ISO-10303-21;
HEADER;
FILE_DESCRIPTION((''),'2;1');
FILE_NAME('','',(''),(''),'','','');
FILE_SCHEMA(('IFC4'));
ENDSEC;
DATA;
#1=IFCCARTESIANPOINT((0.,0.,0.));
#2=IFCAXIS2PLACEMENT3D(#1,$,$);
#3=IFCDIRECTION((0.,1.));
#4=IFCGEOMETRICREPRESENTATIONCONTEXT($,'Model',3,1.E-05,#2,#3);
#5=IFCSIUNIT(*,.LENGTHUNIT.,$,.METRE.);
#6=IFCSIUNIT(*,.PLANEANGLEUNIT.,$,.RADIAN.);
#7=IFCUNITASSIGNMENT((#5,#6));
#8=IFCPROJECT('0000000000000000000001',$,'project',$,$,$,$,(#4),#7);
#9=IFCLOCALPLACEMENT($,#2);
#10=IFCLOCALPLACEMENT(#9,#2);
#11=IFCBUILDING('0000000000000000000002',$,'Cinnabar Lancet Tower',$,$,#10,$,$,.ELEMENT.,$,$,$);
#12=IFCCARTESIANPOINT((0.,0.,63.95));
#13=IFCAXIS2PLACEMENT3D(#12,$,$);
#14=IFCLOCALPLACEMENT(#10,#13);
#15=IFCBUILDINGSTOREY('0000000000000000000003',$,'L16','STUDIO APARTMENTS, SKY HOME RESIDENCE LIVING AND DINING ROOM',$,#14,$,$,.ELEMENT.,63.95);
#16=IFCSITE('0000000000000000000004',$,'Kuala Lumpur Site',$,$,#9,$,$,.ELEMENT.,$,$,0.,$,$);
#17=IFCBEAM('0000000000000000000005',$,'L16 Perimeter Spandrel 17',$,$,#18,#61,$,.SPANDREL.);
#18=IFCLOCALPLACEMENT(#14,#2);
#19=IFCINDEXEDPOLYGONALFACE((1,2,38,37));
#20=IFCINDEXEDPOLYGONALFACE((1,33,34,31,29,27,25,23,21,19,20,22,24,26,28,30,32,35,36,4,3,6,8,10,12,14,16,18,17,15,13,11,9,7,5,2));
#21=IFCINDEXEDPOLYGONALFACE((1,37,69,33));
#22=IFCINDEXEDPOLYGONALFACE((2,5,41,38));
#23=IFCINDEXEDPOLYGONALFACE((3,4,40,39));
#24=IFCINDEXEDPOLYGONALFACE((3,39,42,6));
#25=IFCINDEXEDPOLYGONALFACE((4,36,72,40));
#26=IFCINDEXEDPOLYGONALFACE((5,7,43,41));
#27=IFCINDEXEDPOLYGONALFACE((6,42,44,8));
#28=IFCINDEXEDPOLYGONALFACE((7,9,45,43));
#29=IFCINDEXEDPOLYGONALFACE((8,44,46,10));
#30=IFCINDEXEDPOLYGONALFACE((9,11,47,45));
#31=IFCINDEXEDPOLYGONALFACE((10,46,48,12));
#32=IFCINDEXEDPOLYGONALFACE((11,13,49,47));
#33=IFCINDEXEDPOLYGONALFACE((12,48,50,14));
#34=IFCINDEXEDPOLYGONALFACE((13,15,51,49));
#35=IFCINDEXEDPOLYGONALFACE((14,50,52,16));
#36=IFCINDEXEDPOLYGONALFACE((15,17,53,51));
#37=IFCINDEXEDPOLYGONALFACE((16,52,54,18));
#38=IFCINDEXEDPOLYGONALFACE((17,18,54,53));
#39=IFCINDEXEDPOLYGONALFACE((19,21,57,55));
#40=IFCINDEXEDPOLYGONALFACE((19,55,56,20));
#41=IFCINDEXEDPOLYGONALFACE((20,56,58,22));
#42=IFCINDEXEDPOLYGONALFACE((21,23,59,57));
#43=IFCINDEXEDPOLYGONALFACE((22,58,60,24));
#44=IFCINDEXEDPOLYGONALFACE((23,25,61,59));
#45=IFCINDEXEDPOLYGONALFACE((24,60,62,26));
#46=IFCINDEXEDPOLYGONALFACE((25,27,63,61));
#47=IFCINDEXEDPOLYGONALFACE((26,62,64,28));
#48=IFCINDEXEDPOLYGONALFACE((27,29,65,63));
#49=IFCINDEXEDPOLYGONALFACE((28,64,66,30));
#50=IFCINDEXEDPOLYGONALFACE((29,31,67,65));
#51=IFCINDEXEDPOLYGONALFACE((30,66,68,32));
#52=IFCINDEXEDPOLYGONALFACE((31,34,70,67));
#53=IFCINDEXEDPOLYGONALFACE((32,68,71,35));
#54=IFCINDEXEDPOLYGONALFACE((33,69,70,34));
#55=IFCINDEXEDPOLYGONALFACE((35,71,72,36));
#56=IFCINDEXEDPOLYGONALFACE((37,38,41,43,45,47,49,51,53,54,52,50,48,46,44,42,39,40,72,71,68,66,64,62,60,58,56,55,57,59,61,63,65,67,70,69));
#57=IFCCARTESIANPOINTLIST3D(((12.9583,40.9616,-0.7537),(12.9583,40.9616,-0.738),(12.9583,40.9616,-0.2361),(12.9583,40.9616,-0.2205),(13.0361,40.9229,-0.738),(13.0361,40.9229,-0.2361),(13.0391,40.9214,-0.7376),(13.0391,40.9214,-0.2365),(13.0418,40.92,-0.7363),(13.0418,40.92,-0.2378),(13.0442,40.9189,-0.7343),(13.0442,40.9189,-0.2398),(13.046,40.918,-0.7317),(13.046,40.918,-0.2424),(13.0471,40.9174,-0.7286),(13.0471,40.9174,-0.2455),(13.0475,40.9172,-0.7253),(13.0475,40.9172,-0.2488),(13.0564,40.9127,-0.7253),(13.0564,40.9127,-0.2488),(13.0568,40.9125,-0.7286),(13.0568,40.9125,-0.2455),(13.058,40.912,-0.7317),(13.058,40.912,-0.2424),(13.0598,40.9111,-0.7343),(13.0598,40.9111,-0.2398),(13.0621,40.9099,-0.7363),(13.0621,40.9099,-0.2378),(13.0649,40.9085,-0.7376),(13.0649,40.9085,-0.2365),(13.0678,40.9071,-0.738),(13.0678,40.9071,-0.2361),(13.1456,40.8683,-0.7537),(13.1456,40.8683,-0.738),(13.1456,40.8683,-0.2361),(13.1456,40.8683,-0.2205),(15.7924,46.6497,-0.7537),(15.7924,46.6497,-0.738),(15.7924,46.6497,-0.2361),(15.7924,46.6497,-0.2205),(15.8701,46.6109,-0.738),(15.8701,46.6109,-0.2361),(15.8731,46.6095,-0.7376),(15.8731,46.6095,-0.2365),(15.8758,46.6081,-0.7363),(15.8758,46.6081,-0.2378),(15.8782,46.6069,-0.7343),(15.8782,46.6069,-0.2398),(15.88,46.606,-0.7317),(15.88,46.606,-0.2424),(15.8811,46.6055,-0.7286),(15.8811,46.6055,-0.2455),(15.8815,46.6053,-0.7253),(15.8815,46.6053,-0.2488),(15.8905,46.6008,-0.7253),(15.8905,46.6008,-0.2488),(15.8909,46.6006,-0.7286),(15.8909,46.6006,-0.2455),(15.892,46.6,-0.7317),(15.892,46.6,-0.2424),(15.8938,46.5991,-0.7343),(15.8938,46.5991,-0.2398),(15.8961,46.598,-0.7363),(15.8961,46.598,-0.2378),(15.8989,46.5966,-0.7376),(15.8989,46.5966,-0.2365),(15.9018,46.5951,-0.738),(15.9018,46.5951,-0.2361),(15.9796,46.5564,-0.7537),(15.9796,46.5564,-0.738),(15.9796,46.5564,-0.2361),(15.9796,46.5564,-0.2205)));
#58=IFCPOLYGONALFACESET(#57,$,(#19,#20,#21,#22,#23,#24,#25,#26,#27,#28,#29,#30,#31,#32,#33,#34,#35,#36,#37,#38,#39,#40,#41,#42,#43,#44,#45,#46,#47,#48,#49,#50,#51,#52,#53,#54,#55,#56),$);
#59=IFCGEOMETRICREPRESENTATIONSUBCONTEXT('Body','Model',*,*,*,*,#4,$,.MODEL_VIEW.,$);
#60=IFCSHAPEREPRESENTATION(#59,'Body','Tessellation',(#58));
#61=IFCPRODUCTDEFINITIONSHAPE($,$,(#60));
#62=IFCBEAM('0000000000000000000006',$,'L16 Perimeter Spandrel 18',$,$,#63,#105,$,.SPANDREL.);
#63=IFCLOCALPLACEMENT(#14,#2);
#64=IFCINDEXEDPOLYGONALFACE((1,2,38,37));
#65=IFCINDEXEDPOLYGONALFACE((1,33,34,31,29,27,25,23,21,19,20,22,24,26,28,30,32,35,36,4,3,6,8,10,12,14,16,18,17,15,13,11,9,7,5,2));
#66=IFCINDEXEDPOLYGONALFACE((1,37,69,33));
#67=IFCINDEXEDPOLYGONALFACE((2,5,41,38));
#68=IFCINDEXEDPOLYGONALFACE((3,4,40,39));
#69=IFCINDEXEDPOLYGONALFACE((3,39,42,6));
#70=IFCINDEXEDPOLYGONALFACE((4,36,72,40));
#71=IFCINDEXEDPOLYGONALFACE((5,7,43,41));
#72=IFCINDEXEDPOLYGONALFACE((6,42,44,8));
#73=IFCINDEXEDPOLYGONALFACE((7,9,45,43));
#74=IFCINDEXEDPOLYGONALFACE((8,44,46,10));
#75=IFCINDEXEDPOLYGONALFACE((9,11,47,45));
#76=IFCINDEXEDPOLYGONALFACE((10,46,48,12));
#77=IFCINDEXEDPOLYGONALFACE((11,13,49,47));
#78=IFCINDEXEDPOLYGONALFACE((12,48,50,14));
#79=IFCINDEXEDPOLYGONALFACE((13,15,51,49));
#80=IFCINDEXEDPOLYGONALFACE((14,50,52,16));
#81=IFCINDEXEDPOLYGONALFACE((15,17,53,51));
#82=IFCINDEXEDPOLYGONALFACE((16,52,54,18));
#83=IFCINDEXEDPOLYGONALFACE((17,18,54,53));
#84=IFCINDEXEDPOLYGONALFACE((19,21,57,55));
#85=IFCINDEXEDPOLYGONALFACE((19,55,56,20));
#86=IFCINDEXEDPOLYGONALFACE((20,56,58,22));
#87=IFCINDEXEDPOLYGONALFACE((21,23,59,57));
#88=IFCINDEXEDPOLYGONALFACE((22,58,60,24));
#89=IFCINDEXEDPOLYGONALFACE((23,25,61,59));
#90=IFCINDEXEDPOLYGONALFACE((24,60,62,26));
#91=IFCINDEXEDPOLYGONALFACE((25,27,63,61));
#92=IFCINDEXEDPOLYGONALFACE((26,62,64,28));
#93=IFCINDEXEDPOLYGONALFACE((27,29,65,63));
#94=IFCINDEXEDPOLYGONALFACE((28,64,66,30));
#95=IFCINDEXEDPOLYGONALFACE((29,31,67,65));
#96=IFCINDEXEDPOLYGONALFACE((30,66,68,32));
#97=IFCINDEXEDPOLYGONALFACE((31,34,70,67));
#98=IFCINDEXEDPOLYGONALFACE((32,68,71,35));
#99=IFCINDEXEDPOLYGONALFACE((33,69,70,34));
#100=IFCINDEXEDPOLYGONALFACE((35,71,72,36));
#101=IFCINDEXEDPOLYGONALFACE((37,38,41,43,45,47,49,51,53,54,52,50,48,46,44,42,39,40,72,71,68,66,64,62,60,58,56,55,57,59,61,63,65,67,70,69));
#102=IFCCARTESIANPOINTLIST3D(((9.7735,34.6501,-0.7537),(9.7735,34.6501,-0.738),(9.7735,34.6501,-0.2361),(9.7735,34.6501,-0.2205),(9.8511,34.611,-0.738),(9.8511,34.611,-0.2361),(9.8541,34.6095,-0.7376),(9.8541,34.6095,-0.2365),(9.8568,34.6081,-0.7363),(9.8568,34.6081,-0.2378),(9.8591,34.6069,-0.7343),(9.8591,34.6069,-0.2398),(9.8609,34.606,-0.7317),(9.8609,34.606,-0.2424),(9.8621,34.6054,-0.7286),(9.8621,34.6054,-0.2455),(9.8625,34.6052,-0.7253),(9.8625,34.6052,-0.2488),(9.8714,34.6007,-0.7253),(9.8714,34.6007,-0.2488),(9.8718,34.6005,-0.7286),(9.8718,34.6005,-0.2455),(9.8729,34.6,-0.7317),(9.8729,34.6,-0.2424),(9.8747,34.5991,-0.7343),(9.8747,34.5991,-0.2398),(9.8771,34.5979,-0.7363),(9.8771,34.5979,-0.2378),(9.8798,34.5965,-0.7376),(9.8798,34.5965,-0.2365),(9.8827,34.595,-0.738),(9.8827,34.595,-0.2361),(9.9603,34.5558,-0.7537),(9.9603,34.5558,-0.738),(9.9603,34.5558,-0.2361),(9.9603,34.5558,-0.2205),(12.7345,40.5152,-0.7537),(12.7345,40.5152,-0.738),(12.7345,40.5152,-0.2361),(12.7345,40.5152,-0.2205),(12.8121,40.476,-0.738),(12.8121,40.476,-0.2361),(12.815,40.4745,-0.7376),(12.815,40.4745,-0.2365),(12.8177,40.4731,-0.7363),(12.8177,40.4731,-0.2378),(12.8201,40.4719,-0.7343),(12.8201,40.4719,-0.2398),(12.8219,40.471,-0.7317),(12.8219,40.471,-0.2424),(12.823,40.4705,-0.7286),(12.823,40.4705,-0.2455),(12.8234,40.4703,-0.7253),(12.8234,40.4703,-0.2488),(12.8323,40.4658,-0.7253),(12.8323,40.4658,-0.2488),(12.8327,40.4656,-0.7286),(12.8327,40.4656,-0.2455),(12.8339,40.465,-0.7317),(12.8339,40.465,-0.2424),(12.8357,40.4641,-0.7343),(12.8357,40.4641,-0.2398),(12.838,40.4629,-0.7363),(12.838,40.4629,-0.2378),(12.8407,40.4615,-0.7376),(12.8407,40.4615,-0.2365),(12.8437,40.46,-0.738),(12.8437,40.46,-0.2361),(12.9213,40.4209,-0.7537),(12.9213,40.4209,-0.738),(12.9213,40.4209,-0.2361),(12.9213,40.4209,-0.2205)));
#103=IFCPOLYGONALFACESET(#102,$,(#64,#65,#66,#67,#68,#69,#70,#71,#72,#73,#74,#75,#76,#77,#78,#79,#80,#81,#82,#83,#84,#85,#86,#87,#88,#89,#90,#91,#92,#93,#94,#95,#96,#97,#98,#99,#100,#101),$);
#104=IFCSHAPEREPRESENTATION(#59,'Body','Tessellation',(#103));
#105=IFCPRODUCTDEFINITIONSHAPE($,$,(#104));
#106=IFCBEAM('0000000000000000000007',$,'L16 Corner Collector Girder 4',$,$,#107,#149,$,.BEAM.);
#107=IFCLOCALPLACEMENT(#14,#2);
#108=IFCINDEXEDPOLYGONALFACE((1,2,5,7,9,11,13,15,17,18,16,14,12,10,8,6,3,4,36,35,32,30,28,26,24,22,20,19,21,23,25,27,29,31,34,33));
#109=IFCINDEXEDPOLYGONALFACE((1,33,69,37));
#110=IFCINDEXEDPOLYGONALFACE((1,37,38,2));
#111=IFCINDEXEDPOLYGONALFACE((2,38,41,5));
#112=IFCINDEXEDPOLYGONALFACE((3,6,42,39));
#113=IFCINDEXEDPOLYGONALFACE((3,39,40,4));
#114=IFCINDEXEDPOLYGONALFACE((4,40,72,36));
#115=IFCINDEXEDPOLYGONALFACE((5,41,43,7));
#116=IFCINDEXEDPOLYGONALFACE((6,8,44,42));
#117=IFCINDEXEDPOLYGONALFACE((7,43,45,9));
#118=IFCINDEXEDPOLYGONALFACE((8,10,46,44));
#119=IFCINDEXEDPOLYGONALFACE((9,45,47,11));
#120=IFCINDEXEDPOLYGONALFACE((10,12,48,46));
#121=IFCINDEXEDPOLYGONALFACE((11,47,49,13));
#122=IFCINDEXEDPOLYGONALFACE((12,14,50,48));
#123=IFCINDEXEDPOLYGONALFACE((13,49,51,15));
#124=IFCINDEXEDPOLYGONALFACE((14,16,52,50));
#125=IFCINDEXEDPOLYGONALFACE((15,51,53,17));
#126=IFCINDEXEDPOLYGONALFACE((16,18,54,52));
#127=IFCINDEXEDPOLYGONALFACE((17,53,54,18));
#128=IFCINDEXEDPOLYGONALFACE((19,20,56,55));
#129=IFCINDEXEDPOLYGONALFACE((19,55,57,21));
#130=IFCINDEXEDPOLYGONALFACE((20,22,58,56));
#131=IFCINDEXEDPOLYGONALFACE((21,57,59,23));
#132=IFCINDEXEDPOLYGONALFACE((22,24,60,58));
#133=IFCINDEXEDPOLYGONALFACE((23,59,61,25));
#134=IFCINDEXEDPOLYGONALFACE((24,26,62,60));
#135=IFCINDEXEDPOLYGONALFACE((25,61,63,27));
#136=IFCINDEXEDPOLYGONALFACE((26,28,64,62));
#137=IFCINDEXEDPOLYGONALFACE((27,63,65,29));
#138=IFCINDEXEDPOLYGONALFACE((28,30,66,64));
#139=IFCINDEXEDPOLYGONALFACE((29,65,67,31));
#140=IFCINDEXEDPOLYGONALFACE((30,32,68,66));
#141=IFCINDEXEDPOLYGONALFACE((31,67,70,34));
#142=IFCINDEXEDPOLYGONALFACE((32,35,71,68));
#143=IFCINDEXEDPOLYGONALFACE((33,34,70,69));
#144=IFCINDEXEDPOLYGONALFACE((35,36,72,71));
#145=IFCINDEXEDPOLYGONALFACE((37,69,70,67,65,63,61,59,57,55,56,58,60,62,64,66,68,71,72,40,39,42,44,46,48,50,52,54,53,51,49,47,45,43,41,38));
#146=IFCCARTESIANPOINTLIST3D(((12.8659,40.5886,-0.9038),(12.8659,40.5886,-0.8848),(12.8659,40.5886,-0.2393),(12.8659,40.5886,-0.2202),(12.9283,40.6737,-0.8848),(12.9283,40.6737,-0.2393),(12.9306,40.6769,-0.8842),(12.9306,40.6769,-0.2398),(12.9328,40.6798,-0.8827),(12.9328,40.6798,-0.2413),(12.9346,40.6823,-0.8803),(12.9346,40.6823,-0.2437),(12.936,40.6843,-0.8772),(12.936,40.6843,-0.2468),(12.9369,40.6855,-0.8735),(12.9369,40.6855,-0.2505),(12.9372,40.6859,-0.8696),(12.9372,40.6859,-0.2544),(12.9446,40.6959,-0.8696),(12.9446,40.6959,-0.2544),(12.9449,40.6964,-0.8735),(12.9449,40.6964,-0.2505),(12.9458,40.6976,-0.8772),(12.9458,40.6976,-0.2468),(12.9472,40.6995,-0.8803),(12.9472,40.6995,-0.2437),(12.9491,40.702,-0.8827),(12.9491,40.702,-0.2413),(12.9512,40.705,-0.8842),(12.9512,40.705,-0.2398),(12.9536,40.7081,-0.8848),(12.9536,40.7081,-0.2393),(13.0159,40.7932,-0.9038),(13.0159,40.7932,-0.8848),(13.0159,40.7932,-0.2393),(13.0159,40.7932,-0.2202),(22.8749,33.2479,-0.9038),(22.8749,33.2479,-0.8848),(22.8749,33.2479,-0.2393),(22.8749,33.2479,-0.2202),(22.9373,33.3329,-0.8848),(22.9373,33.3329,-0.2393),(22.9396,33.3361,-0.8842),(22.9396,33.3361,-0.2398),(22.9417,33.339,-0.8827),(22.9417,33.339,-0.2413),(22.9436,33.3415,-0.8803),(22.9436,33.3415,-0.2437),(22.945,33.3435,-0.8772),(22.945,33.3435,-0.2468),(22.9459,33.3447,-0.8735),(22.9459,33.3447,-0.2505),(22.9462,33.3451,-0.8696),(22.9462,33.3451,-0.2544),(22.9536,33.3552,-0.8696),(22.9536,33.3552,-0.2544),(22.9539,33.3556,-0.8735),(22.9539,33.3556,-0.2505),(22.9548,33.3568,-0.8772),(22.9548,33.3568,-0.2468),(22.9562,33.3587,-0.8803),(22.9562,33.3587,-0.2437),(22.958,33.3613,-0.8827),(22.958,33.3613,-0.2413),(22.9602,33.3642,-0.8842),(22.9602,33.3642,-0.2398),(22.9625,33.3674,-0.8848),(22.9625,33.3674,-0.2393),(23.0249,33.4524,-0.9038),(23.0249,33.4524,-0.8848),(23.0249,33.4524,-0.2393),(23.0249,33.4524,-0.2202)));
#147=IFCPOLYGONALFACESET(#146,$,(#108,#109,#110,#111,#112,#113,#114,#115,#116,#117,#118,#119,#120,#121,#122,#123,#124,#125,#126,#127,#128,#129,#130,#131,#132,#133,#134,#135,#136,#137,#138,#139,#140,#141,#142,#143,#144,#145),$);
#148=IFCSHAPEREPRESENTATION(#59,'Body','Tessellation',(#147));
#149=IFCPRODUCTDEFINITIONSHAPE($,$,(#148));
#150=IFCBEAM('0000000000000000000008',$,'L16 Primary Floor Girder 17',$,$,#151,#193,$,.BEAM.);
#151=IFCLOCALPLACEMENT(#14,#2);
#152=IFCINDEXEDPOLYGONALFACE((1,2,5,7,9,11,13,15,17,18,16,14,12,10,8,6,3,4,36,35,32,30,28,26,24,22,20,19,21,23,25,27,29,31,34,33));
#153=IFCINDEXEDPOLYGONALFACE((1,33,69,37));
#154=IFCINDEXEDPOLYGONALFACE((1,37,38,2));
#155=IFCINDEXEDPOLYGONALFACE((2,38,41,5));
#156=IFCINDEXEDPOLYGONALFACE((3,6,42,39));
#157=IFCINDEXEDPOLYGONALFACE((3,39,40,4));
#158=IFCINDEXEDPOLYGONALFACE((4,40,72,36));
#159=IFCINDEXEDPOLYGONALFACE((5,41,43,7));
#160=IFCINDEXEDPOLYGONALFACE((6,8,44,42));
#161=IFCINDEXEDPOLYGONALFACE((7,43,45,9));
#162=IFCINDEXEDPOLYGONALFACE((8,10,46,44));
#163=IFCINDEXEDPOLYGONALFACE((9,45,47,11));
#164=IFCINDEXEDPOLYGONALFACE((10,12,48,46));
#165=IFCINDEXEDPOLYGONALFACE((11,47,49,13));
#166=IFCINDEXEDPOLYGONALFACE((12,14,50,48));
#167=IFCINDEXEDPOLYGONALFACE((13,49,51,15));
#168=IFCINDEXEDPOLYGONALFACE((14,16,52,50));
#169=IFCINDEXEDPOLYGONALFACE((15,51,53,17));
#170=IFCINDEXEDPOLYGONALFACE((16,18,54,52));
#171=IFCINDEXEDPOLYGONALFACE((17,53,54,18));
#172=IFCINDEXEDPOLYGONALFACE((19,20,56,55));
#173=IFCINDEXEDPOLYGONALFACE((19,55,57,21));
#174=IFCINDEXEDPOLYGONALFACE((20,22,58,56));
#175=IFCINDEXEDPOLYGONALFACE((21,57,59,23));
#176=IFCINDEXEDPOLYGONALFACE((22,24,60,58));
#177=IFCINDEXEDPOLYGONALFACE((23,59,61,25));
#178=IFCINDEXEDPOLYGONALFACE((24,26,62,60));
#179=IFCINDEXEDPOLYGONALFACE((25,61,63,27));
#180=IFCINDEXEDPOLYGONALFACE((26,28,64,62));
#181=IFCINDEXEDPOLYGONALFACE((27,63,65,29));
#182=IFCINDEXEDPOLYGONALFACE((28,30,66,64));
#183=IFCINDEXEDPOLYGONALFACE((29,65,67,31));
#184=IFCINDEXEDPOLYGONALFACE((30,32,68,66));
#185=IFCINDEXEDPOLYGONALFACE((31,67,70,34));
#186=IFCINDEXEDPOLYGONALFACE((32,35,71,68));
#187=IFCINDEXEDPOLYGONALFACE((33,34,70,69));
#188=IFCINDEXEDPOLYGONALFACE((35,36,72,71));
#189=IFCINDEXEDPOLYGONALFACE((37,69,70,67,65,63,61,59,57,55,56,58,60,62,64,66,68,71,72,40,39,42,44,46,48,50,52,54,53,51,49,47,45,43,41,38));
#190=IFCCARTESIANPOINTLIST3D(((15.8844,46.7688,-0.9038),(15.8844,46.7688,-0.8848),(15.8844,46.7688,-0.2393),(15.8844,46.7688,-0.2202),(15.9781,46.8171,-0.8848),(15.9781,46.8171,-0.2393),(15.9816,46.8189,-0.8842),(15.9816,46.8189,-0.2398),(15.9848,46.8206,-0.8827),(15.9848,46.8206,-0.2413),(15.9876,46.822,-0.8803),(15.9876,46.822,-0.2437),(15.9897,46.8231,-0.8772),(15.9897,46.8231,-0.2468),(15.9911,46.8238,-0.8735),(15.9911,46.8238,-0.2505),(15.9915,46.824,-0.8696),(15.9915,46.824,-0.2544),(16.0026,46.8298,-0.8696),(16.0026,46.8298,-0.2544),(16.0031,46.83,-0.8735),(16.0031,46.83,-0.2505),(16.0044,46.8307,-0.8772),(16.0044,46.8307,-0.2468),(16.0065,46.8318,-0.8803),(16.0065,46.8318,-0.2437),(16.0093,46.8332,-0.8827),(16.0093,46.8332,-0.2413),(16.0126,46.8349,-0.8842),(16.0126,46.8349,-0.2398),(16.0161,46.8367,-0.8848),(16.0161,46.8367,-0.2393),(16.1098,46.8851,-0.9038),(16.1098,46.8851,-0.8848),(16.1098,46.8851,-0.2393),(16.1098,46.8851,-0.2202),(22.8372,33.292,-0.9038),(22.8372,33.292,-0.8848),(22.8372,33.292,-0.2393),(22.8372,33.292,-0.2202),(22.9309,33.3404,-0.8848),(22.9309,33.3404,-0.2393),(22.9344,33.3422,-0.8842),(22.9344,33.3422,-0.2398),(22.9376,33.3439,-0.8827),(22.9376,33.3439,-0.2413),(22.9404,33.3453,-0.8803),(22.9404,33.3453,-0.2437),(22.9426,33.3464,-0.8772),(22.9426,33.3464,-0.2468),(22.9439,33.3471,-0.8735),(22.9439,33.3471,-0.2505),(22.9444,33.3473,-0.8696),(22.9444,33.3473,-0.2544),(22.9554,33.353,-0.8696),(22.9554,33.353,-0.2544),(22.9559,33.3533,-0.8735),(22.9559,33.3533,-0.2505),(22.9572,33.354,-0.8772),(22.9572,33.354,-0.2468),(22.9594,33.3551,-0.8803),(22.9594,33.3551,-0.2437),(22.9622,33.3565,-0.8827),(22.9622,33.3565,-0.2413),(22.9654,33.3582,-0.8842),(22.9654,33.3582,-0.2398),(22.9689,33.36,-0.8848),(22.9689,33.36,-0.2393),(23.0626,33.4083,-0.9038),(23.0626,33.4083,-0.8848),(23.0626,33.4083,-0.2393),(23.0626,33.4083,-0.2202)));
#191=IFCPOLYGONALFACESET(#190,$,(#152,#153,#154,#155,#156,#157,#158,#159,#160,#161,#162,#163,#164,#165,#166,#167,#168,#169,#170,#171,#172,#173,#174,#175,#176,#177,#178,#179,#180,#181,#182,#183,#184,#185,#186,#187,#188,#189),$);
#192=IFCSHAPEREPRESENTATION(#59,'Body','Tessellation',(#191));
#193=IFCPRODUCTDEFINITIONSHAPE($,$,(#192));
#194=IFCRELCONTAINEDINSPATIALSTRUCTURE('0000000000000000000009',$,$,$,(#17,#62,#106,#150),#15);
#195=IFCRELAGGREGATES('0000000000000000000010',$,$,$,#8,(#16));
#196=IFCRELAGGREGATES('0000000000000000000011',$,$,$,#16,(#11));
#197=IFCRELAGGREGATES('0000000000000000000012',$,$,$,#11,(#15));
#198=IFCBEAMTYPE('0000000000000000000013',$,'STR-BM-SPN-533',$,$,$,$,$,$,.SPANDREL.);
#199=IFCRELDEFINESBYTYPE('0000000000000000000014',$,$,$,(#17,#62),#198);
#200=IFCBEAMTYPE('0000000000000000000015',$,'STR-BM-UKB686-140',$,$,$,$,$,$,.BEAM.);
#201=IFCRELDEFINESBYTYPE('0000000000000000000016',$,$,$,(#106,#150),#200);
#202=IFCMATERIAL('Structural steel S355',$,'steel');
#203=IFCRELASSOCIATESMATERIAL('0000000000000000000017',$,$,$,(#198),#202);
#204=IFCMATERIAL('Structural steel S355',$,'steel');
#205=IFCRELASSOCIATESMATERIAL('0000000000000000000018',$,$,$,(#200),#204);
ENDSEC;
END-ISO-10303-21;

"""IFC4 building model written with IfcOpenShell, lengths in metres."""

from ifc_helpers import new_model, si_unit, direction, frame, origin, origin_2d, place, context, subcontext, project, spatial, i_section, extrude, material, material_profile, profile_set, type_object, element, save


model = new_model("IFC4")

# Units and contexts
model_context = context("Model", 3, precision=1e-05, world=origin(), true_north=direction((0.0, 1.0)))
body_context = subcontext(model_context, "Body", "Model", "MODEL_VIEW")
ifc_project = project(units=[si_unit("LENGTHUNIT", "METRE"), si_unit("PLANEANGLEUNIT", "RADIAN")], contexts=[model_context])

# Site, building, storey
site_placement = place(None, origin())
site = spatial("IfcSite", under=ifc_project, at=site_placement, Name="Kuala Lumpur Site", CompositionType="ELEMENT", RefElevation=0.0)
building_placement = place(site_placement, origin())
building = spatial("IfcBuilding", under=site, at=building_placement, Name="Cinnabar Lancet Tower", CompositionType="ELEMENT")
storey_placement = place(building_placement, frame((0.0, 0.0, 63.95)))
storey = spatial("IfcBuildingStorey", under=building, at=storey_placement, Name="L16", Description="STUDIO APARTMENTS, SKY HOME RESIDENCE LIVING AND DINING ROOM", CompositionType="ELEMENT", Elevation=63.95)

# Beams
ifc_material_1 = material(Name="Structural steel S355", Category="steel")
ifc_material_profile_1 = material_profile(ifc_material_1, i_section(OverallWidth=0.2092, OverallDepth=0.5332, WebThickness=0.01, FlangeThickness=0.0156, FilletRadius=0.0127, at=origin_2d()), Name="UKB 533x210x92")
ifc_profile_set_1 = profile_set([ifc_material_profile_1], Name="Structural steel S355")
beam_type_1 = type_object("IfcBeamType", Name="STR-BM-SPN-533", PredefinedType="SPANDREL", material=ifc_profile_set_1)
beam_1_placement = place(storey_placement, frame((15.886, 46.603, -0.4871), z_axis=(-0.445953, -0.895056, 0.0), x_axis=(0.895056, -0.445953, 0.0)))
element("IfcBeam", 1, at=beam_1_placement, inside=storey, type_object=beam_type_1, Name="L16 Perimeter Spandrel 17", PredefinedType="SPANDREL", context=body_context, shape_type="SweptSolid", body=[
    extrude(i_section(OverallWidth=0.2092, OverallDepth=0.5332, WebThickness=0.01, FlangeThickness=0.0156, FilletRadius=0.0127, at=origin_2d()), origin(), (0.0, 0.0, 1.0), 6.355),
])
beam_2_placement = place(storey_placement, frame((12.8279, 40.468, -0.4871), z_axis=(-0.450674, -0.892689, 0.0), x_axis=(0.892689, -0.450674, 0.0)))
element("IfcBeam", 2, at=beam_2_placement, inside=storey, type_object=beam_type_1, Name="L16 Perimeter Spandrel 18", PredefinedType="SPANDREL", context=body_context, shape_type="SweptSolid", body=[
    extrude(i_section(OverallWidth=0.2092, OverallDepth=0.5332, WebThickness=0.01, FlangeThickness=0.0156, FilletRadius=0.0127, at=origin_2d()), origin(), (0.0, 0.0, 1.0), 6.5701),
])
ifc_material_2 = material(Name="Structural steel S355", Category="steel")
ifc_material_profile_2 = material_profile(ifc_material_2, i_section(OverallWidth=0.2537, OverallDepth=0.6836, WebThickness=0.0125, FlangeThickness=0.019, FilletRadius=0.0151, at=origin_2d()), Name="UKB 686x254x140")
ifc_profile_set_2 = profile_set([ifc_material_profile_2], Name="Structural steel S355")
beam_type_2 = type_object("IfcBeamType", Name="STR-BM-UKB686-140", PredefinedType="BEAM", material=ifc_profile_set_2)
beam_3_placement = place(storey_placement, frame((12.9409, 40.6909, -0.562), z_axis=(0.806372, -0.591409, 0.0), x_axis=(0.591409, 0.806372, 0.0)))
element("IfcBeam", 3, at=beam_3_placement, inside=storey, type_object=beam_type_2, Name="L16 Corner Collector Girder 4", PredefinedType="BEAM", context=body_context, shape_type="SweptSolid", body=[
    extrude(i_section(OverallWidth=0.2537, OverallDepth=0.6836, WebThickness=0.0125, FlangeThickness=0.019, FilletRadius=0.0151, at=origin_2d()), origin(), (0.0, 0.0, 1.0), 12.4124),
])
beam_4_placement = place(storey_placement, frame((15.9971, 46.8269, -0.562), z_axis=(0.458492, -0.888698, 0.0), x_axis=(0.888698, 0.458492, 0.0)))
element("IfcBeam", 4, at=beam_4_placement, inside=storey, type_object=beam_type_2, Name="L16 Primary Floor Girder 17", PredefinedType="BEAM", context=body_context, shape_type="SweptSolid", body=[
    extrude(i_section(OverallWidth=0.2537, OverallDepth=0.6836, WebThickness=0.0125, FlangeThickness=0.019, FilletRadius=0.0151, at=origin_2d()), origin(), (0.0, 0.0, 1.0), 15.1646),
])

save(model, "model.ifc")
